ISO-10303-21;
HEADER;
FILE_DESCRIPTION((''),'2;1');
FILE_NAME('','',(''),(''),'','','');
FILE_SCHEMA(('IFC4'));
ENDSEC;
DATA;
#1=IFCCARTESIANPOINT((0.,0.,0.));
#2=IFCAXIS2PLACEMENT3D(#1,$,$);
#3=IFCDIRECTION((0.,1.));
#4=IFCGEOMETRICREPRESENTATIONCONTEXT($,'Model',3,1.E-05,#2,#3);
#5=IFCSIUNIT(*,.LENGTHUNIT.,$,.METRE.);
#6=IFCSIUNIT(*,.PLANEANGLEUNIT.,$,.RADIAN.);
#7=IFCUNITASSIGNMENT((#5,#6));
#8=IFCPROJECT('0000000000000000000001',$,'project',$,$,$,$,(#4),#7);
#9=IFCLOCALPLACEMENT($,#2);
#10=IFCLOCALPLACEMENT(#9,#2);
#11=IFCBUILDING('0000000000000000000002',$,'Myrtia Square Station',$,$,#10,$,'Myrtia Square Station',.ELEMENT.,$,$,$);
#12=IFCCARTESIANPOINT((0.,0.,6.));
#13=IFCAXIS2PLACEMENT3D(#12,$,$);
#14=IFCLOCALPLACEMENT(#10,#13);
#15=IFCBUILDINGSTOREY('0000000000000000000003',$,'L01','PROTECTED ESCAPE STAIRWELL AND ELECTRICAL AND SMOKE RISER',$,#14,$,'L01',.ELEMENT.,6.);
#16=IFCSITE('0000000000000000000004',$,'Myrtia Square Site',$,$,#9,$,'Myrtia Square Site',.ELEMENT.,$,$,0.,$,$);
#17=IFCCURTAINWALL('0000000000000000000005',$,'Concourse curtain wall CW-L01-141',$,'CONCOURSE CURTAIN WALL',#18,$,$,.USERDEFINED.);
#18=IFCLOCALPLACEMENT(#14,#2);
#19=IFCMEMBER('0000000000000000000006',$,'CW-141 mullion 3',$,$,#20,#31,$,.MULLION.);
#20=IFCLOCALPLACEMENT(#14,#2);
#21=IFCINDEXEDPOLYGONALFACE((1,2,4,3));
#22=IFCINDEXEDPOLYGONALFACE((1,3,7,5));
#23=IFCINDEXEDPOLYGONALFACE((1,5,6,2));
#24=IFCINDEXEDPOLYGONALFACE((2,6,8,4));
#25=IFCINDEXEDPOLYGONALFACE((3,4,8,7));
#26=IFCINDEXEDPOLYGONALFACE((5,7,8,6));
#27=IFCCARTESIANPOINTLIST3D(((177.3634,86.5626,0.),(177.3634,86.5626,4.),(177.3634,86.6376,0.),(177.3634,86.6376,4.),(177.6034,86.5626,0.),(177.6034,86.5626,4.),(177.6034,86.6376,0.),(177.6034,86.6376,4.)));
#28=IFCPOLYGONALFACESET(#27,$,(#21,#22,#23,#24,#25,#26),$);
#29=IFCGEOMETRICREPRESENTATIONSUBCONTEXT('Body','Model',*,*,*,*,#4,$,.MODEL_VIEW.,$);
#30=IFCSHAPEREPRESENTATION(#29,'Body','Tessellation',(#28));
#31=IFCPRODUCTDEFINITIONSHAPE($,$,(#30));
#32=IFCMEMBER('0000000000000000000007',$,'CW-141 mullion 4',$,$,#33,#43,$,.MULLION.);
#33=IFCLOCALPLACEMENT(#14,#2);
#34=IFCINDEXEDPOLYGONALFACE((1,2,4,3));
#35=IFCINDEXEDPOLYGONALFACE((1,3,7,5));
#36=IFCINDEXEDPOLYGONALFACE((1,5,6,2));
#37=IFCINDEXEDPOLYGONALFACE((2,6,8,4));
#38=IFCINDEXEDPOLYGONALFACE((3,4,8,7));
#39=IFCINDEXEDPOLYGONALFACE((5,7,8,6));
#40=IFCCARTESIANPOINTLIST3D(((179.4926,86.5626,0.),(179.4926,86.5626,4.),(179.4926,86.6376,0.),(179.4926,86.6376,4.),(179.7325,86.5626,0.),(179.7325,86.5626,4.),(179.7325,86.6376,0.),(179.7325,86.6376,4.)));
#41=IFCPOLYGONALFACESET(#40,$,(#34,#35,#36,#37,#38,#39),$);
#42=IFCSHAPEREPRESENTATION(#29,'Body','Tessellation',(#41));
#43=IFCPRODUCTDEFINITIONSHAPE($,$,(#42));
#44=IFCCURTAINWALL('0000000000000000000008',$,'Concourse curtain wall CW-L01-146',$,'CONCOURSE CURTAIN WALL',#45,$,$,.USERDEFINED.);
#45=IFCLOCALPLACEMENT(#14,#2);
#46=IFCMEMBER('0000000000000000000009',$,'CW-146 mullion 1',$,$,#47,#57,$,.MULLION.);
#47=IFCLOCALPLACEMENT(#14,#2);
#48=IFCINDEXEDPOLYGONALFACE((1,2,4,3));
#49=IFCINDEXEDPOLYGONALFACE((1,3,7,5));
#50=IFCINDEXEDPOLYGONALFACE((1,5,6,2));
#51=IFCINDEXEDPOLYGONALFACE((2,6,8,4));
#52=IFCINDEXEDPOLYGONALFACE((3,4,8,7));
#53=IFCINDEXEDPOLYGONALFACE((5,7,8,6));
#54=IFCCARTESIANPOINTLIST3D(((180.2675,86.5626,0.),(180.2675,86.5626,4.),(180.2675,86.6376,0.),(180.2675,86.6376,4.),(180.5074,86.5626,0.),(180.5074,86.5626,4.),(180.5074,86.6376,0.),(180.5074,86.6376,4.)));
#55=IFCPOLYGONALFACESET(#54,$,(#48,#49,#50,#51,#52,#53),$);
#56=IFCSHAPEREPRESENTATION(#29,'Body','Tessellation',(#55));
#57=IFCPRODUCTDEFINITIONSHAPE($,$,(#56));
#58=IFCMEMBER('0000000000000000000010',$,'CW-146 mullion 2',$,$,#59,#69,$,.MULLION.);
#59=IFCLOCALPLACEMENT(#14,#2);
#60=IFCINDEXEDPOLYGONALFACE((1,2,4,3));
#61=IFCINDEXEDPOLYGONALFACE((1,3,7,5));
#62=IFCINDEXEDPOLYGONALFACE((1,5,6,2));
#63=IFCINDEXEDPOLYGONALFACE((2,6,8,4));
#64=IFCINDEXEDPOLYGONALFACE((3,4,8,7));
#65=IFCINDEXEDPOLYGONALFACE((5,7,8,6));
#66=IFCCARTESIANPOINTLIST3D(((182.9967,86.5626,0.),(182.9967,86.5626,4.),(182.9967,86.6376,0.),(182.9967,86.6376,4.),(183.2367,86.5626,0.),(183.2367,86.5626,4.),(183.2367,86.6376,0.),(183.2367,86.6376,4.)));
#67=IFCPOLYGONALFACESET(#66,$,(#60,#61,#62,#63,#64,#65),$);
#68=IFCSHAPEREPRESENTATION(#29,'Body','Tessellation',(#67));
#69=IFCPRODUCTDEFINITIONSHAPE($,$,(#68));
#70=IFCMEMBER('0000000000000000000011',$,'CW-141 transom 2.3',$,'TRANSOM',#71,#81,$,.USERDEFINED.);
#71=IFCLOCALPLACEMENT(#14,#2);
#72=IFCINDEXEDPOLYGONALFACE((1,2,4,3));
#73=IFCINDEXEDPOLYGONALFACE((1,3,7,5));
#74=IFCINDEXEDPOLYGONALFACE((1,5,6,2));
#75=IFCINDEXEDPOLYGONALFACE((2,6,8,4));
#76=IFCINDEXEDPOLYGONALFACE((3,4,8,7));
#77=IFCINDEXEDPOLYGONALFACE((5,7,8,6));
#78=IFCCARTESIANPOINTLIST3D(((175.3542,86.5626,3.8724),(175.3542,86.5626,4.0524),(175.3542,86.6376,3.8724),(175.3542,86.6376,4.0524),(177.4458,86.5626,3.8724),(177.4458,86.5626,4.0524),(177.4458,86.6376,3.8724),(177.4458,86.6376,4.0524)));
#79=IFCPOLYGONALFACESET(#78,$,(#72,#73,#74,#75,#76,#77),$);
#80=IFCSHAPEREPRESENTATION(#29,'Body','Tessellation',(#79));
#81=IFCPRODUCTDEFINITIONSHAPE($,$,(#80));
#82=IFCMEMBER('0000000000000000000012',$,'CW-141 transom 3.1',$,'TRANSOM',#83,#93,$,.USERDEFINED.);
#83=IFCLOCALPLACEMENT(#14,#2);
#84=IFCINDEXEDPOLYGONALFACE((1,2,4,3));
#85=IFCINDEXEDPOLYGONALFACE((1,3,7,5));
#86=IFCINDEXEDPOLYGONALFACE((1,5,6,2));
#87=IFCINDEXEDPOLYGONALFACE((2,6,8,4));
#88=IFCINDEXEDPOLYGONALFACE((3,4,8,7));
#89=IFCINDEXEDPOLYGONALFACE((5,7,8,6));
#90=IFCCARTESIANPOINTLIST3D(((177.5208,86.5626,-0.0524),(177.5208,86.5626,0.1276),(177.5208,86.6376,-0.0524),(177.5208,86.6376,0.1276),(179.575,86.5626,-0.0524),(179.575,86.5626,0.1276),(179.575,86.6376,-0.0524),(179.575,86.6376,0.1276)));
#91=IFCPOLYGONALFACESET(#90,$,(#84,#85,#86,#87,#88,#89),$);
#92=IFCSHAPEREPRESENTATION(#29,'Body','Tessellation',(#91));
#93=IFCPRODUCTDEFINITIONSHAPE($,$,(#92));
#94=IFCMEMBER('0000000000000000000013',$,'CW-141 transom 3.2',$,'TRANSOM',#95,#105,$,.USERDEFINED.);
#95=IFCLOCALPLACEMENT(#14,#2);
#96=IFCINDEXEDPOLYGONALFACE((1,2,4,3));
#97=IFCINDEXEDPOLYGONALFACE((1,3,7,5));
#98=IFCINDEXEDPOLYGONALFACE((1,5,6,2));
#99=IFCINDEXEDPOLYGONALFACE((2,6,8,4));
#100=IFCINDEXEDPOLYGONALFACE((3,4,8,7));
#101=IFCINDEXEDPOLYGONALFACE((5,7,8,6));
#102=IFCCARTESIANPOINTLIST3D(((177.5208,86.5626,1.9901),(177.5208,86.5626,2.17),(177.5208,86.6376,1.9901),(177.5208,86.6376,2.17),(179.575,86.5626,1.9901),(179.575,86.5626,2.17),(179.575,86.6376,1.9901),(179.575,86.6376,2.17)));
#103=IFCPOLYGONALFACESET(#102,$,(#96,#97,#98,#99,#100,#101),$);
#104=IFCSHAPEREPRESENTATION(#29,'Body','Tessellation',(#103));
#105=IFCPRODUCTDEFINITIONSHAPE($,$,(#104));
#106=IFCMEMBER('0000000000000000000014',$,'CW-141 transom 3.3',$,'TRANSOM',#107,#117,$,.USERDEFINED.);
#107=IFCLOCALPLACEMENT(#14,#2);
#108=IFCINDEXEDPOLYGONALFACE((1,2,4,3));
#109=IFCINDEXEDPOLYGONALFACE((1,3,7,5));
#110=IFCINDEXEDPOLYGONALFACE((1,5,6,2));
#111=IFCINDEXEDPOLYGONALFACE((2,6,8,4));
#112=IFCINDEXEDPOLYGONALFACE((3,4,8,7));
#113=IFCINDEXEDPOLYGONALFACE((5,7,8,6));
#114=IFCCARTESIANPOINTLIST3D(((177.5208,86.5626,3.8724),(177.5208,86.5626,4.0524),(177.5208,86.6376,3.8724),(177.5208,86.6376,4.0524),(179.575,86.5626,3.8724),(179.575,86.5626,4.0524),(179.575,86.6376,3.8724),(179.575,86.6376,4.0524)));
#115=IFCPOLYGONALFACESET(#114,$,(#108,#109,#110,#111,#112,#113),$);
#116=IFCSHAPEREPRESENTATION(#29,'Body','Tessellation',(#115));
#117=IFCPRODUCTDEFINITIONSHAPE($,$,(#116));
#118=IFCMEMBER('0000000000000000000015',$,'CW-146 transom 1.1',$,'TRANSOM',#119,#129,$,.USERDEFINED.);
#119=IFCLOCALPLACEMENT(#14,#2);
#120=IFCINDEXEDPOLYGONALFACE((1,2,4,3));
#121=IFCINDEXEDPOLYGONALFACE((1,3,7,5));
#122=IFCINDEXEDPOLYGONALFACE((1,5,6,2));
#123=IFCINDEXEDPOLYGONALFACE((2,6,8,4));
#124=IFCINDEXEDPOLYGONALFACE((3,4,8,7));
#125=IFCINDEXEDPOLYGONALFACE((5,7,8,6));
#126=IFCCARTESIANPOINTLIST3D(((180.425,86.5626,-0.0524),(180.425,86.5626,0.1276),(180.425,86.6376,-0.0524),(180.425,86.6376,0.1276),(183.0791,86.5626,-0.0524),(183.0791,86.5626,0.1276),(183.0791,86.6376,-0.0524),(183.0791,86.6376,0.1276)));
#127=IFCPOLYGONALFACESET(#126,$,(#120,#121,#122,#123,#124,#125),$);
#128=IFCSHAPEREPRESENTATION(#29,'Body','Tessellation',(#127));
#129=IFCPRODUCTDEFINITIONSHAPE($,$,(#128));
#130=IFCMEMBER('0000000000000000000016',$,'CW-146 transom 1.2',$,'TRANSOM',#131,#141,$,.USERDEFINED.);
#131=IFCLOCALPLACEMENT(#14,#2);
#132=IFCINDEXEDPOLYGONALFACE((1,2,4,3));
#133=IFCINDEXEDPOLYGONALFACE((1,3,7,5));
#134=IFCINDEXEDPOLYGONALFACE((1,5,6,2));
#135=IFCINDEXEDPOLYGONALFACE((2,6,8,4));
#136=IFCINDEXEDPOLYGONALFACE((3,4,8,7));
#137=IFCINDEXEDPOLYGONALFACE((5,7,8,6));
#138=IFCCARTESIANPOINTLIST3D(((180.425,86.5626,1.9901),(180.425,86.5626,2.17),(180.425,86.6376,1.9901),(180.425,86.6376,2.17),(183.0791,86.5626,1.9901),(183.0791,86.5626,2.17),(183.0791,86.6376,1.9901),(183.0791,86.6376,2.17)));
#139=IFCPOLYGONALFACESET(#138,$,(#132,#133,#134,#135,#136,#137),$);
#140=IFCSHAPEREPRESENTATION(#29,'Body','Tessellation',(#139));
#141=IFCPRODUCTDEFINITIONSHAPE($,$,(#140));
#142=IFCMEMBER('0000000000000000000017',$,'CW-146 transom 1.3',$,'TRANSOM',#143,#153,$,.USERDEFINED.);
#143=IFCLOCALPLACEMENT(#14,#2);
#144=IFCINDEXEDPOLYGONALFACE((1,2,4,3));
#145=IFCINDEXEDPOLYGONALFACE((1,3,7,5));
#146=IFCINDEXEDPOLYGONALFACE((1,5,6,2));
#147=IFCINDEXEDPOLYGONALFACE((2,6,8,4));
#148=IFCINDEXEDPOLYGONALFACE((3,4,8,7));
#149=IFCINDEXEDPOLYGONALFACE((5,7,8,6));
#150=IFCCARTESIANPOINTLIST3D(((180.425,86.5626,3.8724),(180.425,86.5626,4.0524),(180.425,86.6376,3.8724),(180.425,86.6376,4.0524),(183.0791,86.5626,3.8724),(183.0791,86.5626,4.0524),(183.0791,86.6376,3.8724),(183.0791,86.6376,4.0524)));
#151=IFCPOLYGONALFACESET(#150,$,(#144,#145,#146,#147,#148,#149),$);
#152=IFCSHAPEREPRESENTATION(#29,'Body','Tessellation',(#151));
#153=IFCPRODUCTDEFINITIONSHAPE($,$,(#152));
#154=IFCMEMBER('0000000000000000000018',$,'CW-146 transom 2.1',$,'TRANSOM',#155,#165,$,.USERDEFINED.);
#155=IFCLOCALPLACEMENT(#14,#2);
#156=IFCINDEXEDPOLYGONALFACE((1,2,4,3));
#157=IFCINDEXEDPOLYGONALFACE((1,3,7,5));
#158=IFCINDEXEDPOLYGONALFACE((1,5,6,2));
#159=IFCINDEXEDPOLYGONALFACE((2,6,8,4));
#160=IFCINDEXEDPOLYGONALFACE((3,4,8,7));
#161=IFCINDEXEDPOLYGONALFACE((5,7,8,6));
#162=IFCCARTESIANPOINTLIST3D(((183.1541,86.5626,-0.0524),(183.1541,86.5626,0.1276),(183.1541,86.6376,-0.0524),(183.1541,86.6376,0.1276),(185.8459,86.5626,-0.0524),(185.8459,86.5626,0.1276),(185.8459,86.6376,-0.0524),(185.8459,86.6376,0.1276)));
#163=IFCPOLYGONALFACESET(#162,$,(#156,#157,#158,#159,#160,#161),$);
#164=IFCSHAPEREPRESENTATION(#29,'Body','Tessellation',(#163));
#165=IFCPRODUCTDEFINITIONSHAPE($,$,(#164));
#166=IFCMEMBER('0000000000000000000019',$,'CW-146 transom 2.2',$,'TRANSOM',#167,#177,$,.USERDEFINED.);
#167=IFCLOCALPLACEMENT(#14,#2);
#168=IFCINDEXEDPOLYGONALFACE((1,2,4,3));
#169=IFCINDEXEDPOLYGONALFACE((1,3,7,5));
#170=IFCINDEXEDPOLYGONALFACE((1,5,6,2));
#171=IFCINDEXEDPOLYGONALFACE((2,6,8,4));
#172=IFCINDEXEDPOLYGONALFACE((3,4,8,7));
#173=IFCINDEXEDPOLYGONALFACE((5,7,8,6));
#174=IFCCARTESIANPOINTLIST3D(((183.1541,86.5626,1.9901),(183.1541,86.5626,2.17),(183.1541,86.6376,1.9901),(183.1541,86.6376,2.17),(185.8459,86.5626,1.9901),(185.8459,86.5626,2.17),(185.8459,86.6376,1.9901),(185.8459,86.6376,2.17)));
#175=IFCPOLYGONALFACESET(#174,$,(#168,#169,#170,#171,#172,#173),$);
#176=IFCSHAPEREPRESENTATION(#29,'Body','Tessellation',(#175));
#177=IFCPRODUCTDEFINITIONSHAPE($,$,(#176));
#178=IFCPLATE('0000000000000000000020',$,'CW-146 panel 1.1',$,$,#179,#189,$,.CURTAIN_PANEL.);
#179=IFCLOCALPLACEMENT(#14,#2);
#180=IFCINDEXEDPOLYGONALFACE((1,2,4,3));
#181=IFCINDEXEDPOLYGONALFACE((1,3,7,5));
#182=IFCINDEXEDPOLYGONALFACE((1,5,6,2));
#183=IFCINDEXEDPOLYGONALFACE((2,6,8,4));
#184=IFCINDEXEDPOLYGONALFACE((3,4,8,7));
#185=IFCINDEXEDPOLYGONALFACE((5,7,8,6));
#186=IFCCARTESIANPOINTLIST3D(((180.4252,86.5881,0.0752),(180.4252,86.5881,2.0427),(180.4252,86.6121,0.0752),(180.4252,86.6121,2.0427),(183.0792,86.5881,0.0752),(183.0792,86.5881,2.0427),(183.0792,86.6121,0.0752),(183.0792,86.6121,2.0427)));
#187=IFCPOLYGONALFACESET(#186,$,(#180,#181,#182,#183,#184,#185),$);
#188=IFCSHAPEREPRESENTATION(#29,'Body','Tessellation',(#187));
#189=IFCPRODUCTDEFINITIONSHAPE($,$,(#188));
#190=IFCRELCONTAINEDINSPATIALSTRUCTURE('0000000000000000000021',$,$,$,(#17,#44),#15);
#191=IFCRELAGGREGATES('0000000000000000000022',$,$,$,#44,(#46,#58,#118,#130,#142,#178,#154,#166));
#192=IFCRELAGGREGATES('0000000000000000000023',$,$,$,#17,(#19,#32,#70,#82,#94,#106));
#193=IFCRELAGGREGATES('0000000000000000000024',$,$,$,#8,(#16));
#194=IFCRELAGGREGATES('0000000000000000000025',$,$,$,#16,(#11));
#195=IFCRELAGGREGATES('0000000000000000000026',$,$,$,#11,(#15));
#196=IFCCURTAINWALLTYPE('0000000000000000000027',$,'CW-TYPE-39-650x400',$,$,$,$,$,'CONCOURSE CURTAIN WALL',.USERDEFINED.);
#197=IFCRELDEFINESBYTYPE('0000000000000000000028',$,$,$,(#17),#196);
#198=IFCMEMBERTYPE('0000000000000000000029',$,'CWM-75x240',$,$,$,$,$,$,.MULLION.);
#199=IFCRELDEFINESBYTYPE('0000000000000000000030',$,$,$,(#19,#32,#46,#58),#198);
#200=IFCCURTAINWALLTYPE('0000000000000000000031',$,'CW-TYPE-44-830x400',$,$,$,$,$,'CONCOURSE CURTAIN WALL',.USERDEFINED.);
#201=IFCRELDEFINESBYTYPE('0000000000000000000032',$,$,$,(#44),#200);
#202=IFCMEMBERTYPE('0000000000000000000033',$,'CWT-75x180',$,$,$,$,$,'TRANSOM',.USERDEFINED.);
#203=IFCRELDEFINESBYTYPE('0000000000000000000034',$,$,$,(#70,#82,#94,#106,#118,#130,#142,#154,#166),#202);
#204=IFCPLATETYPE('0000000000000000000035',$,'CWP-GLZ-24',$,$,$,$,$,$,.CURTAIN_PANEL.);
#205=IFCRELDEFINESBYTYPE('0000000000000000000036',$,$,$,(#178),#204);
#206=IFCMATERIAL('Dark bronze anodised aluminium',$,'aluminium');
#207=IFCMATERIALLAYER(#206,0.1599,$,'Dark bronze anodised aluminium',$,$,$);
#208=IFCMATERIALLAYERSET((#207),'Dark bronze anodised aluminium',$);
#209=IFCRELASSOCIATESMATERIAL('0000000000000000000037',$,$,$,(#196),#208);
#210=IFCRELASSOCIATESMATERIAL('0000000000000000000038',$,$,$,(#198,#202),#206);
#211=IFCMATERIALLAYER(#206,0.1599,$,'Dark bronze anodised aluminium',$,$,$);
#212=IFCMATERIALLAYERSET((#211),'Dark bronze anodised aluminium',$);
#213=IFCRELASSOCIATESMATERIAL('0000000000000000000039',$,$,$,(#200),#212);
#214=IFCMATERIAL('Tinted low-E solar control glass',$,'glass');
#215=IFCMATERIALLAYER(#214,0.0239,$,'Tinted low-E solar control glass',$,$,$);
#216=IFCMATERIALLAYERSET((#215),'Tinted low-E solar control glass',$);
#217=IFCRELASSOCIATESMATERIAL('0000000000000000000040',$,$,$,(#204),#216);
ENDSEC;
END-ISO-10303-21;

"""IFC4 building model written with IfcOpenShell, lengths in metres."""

from ifc_helpers import new_model, si_unit, direction, frame, origin, origin_2d, place, context, subcontext, project, spatial, rectangle, extrude, material, layer, layer_set, material_profile, profile_set, type_object, element, aggregate, save


model = new_model("IFC4")

# Units and contexts
model_context = context("Model", 3, precision=1e-05, world=origin(), true_north=direction((0.0, 1.0)))
body_context = subcontext(model_context, "Body", "Model", "MODEL_VIEW")
ifc_project = project(units=[si_unit("LENGTHUNIT", "METRE"), si_unit("PLANEANGLEUNIT", "RADIAN")], contexts=[model_context])

# Site, building, storey
site_placement = place(None, origin())
site = spatial("IfcSite", under=ifc_project, at=site_placement, Name="Myrtia Square Site", LongName="Myrtia Square Site", CompositionType="ELEMENT", RefElevation=0.0)
building_placement = place(site_placement, origin())
building = spatial("IfcBuilding", under=site, at=building_placement, Name="Myrtia Square Station", LongName="Myrtia Square Station", CompositionType="ELEMENT")
storey_placement = place(building_placement, frame((0.0, 0.0, 6.0)))
storey = spatial("IfcBuildingStorey", under=building, at=storey_placement, Name="L01", Description="PROTECTED ESCAPE STAIRWELL AND ELECTRICAL AND SMOKE RISER", LongName="L01", CompositionType="ELEMENT", Elevation=6.0)

# Curtain walls, members
ifc_material_1 = material(Name="Dark bronze anodised aluminium", Category="aluminium")
ifc_layer_1 = layer(ifc_material_1, 0.1599, Name="Dark bronze anodised aluminium")
ifc_layer_set_1 = layer_set([ifc_layer_1], Name="Dark bronze anodised aluminium")
curtain_wall_type_1 = type_object("IfcCurtainWallType", Name="CW-TYPE-39-650x400", ElementType="CONCOURSE CURTAIN WALL", PredefinedType="USERDEFINED", material=ifc_layer_set_1)
curtain_wall_1_placement = place(storey_placement, origin())
curtain_wall_1 = element("IfcCurtainWall", 1, at=curtain_wall_1_placement, inside=storey, type_object=curtain_wall_type_1, Name="Concourse curtain wall CW-L01-141", ObjectType="CONCOURSE CURTAIN WALL", PredefinedType="USERDEFINED")
ifc_material_profile_1 = material_profile(ifc_material_1, rectangle(XDim=0.075, YDim=0.24, at=origin_2d()), Name="ALU-M 75x240")
ifc_profile_set_1 = profile_set([ifc_material_profile_1], Name="Dark bronze anodised aluminium")
member_type_1 = type_object("IfcMemberType", Name="CWM-75x240", PredefinedType="MULLION", material=ifc_profile_set_1)
member_1_placement = place(storey_placement, frame((177.4834, 86.6001, 0.0), z_axis=(0.0, 0.0, 1.0), x_axis=(0.0, 1.0, 0.0)))
member_1 = element("IfcMember", 2, at=member_1_placement, type_object=member_type_1, Name="CW-141 mullion 3", PredefinedType="MULLION", context=body_context, shape_type="SweptSolid", body=[
    extrude(rectangle(XDim=0.075, YDim=0.24, at=origin_2d()), origin(), (0.0, 0.0, 1.0), 4.0),
])
member_2_placement = place(storey_placement, frame((179.6125, 86.6001, 0.0), z_axis=(0.0, 0.0, 1.0), x_axis=(0.0, 1.0, 0.0)))
member_2 = element("IfcMember", 3, at=member_2_placement, type_object=member_type_1, Name="CW-141 mullion 4", PredefinedType="MULLION", context=body_context, shape_type="SweptSolid", body=[
    extrude(rectangle(XDim=0.075, YDim=0.24, at=origin_2d()), origin(), (0.0, 0.0, 1.0), 4.0),
])
ifc_layer_2 = layer(ifc_material_1, 0.1599, Name="Dark bronze anodised aluminium")
ifc_layer_set_2 = layer_set([ifc_layer_2], Name="Dark bronze anodised aluminium")
curtain_wall_type_2 = type_object("IfcCurtainWallType", Name="CW-TYPE-44-830x400", ElementType="CONCOURSE CURTAIN WALL", PredefinedType="USERDEFINED", material=ifc_layer_set_2)
curtain_wall_2_placement = place(storey_placement, origin())
curtain_wall_2 = element("IfcCurtainWall", 4, at=curtain_wall_2_placement, inside=storey, type_object=curtain_wall_type_2, Name="Concourse curtain wall CW-L01-146", ObjectType="CONCOURSE CURTAIN WALL", PredefinedType="USERDEFINED")
member_3_placement = place(storey_placement, frame((180.3875, 86.6001, 0.0), z_axis=(0.0, 0.0, 1.0), x_axis=(0.0, 1.0, 0.0)))
member_3 = element("IfcMember", 5, at=member_3_placement, type_object=member_type_1, Name="CW-146 mullion 1", PredefinedType="MULLION", context=body_context, shape_type="SweptSolid", body=[
    extrude(rectangle(XDim=0.075, YDim=0.24, at=origin_2d()), origin(), (0.0, 0.0, 1.0), 4.0),
])
member_4_placement = place(storey_placement, frame((183.1167, 86.6001, 0.0), z_axis=(0.0, 0.0, 1.0), x_axis=(0.0, 1.0, 0.0)))
member_4 = element("IfcMember", 6, at=member_4_placement, type_object=member_type_1, Name="CW-146 mullion 2", PredefinedType="MULLION", context=body_context, shape_type="SweptSolid", body=[
    extrude(rectangle(XDim=0.075, YDim=0.24, at=origin_2d()), origin(), (0.0, 0.0, 1.0), 4.0),
])

# Members
ifc_material_profile_2 = material_profile(ifc_material_1, rectangle(XDim=0.075, YDim=0.1799, at=origin_2d()), Name="ALU-T 75x180")
ifc_profile_set_2 = profile_set([ifc_material_profile_2], Name="Dark bronze anodised aluminium")
member_type_2 = type_object("IfcMemberType", Name="CWT-75x180", ElementType="TRANSOM", PredefinedType="USERDEFINED", material=ifc_profile_set_2)
member_5_placement = place(storey_placement, frame((175.3542, 86.6001, 3.9624), z_axis=(1.0, 0.0, 0.0), x_axis=(0.0, 1.0, 0.0)))
member_5 = element("IfcMember", 7, at=member_5_placement, type_object=member_type_2, Name="CW-141 transom 2.3", ObjectType="TRANSOM", PredefinedType="USERDEFINED", context=body_context, shape_type="SweptSolid", body=[
    extrude(rectangle(XDim=0.075, YDim=0.1799, at=origin_2d()), origin(), (0.0, 0.0, 1.0), 2.0916),
])
member_6_placement = place(storey_placement, frame((177.5208, 86.6001, 0.0376), z_axis=(1.0, 0.0, 0.0), x_axis=(0.0, 1.0, 0.0)))
member_6 = element("IfcMember", 8, at=member_6_placement, type_object=member_type_2, Name="CW-141 transom 3.1", ObjectType="TRANSOM", PredefinedType="USERDEFINED", context=body_context, shape_type="SweptSolid", body=[
    extrude(rectangle(XDim=0.075, YDim=0.1799, at=origin_2d()), origin(), (0.0, 0.0, 1.0), 2.0542),
])
member_7_placement = place(storey_placement, frame((177.5208, 86.6001, 2.0801), z_axis=(1.0, 0.0, 0.0), x_axis=(0.0, 1.0, 0.0)))
member_7 = element("IfcMember", 9, at=member_7_placement, type_object=member_type_2, Name="CW-141 transom 3.2", ObjectType="TRANSOM", PredefinedType="USERDEFINED", context=body_context, shape_type="SweptSolid", body=[
    extrude(rectangle(XDim=0.075, YDim=0.1799, at=origin_2d()), origin(), (0.0, 0.0, 1.0), 2.0542),
])
member_8_placement = place(storey_placement, frame((177.5208, 86.6001, 3.9624), z_axis=(1.0, 0.0, 0.0), x_axis=(0.0, 1.0, 0.0)))
member_8 = element("IfcMember", 10, at=member_8_placement, type_object=member_type_2, Name="CW-141 transom 3.3", ObjectType="TRANSOM", PredefinedType="USERDEFINED", context=body_context, shape_type="SweptSolid", body=[
    extrude(rectangle(XDim=0.075, YDim=0.1799, at=origin_2d()), origin(), (0.0, 0.0, 1.0), 2.0542),
])
member_9_placement = place(storey_placement, frame((180.425, 86.6001, 0.0376), z_axis=(1.0, 0.0, 0.0), x_axis=(0.0, 1.0, 0.0)))
member_9 = element("IfcMember", 11, at=member_9_placement, type_object=member_type_2, Name="CW-146 transom 1.1", ObjectType="TRANSOM", PredefinedType="USERDEFINED", context=body_context, shape_type="SweptSolid", body=[
    extrude(rectangle(XDim=0.075, YDim=0.1799, at=origin_2d()), origin(), (0.0, 0.0, 1.0), 2.6541),
])
member_10_placement = place(storey_placement, frame((180.425, 86.6001, 2.0801), z_axis=(1.0, 0.0, 0.0), x_axis=(0.0, 1.0, 0.0)))
member_10 = element("IfcMember", 12, at=member_10_placement, type_object=member_type_2, Name="CW-146 transom 1.2", ObjectType="TRANSOM", PredefinedType="USERDEFINED", context=body_context, shape_type="SweptSolid", body=[
    extrude(rectangle(XDim=0.075, YDim=0.1799, at=origin_2d()), origin(), (0.0, 0.0, 1.0), 2.6541),
])
member_11_placement = place(storey_placement, frame((180.425, 86.6001, 3.9624), z_axis=(1.0, 0.0, 0.0), x_axis=(0.0, 1.0, 0.0)))
member_11 = element("IfcMember", 13, at=member_11_placement, type_object=member_type_2, Name="CW-146 transom 1.3", ObjectType="TRANSOM", PredefinedType="USERDEFINED", context=body_context, shape_type="SweptSolid", body=[
    extrude(rectangle(XDim=0.075, YDim=0.1799, at=origin_2d()), origin(), (0.0, 0.0, 1.0), 2.6541),
])
member_12_placement = place(storey_placement, frame((183.1541, 86.6001, 0.0376), z_axis=(1.0, 0.0, 0.0), x_axis=(0.0, 1.0, 0.0)))
member_12 = element("IfcMember", 14, at=member_12_placement, type_object=member_type_2, Name="CW-146 transom 2.1", ObjectType="TRANSOM", PredefinedType="USERDEFINED", context=body_context, shape_type="SweptSolid", body=[
    extrude(rectangle(XDim=0.075, YDim=0.1799, at=origin_2d()), origin(), (0.0, 0.0, 1.0), 2.6919),
])
member_13_placement = place(storey_placement, frame((183.1541, 86.6001, 2.0801), z_axis=(1.0, 0.0, 0.0), x_axis=(0.0, 1.0, 0.0)))
member_13 = element("IfcMember", 15, at=member_13_placement, type_object=member_type_2, Name="CW-146 transom 2.2", ObjectType="TRANSOM", PredefinedType="USERDEFINED", context=body_context, shape_type="SweptSolid", body=[
    extrude(rectangle(XDim=0.075, YDim=0.1799, at=origin_2d()), origin(), (0.0, 0.0, 1.0), 2.6919),
])

# Plate
ifc_material_2 = material(Name="Tinted low-E solar control glass", Category="glass")
ifc_layer_3 = layer(ifc_material_2, 0.0239, Name="Tinted low-E solar control glass")
ifc_layer_set_3 = layer_set([ifc_layer_3], Name="Tinted low-E solar control glass")
plate_type_1 = type_object("IfcPlateType", Name="CWP-GLZ-24", PredefinedType="CURTAIN_PANEL", material=ifc_layer_set_3)
plate_1_placement = place(storey_placement, frame((181.7522, 86.6001, 0.0752), z_axis=(0.0, 0.0, 1.0), x_axis=(1.0, 0.0, 0.0)))
plate_1 = element("IfcPlate", 16, at=plate_1_placement, type_object=plate_type_1, Name="CW-146 panel 1.1", PredefinedType="CURTAIN_PANEL", context=body_context, shape_type="SweptSolid", body=[
    extrude(rectangle(XDim=2.6541, YDim=0.0239, at=origin_2d()), origin(), (0.0, 0.0, 1.0), 1.9675),
])
aggregate(curtain_wall_2, [member_3, member_4, member_9, member_10, member_11, plate_1, member_12, member_13])
aggregate(curtain_wall_1, [member_1, member_2, member_5, member_6, member_7, member_8])

save(model, "model.ifc")
